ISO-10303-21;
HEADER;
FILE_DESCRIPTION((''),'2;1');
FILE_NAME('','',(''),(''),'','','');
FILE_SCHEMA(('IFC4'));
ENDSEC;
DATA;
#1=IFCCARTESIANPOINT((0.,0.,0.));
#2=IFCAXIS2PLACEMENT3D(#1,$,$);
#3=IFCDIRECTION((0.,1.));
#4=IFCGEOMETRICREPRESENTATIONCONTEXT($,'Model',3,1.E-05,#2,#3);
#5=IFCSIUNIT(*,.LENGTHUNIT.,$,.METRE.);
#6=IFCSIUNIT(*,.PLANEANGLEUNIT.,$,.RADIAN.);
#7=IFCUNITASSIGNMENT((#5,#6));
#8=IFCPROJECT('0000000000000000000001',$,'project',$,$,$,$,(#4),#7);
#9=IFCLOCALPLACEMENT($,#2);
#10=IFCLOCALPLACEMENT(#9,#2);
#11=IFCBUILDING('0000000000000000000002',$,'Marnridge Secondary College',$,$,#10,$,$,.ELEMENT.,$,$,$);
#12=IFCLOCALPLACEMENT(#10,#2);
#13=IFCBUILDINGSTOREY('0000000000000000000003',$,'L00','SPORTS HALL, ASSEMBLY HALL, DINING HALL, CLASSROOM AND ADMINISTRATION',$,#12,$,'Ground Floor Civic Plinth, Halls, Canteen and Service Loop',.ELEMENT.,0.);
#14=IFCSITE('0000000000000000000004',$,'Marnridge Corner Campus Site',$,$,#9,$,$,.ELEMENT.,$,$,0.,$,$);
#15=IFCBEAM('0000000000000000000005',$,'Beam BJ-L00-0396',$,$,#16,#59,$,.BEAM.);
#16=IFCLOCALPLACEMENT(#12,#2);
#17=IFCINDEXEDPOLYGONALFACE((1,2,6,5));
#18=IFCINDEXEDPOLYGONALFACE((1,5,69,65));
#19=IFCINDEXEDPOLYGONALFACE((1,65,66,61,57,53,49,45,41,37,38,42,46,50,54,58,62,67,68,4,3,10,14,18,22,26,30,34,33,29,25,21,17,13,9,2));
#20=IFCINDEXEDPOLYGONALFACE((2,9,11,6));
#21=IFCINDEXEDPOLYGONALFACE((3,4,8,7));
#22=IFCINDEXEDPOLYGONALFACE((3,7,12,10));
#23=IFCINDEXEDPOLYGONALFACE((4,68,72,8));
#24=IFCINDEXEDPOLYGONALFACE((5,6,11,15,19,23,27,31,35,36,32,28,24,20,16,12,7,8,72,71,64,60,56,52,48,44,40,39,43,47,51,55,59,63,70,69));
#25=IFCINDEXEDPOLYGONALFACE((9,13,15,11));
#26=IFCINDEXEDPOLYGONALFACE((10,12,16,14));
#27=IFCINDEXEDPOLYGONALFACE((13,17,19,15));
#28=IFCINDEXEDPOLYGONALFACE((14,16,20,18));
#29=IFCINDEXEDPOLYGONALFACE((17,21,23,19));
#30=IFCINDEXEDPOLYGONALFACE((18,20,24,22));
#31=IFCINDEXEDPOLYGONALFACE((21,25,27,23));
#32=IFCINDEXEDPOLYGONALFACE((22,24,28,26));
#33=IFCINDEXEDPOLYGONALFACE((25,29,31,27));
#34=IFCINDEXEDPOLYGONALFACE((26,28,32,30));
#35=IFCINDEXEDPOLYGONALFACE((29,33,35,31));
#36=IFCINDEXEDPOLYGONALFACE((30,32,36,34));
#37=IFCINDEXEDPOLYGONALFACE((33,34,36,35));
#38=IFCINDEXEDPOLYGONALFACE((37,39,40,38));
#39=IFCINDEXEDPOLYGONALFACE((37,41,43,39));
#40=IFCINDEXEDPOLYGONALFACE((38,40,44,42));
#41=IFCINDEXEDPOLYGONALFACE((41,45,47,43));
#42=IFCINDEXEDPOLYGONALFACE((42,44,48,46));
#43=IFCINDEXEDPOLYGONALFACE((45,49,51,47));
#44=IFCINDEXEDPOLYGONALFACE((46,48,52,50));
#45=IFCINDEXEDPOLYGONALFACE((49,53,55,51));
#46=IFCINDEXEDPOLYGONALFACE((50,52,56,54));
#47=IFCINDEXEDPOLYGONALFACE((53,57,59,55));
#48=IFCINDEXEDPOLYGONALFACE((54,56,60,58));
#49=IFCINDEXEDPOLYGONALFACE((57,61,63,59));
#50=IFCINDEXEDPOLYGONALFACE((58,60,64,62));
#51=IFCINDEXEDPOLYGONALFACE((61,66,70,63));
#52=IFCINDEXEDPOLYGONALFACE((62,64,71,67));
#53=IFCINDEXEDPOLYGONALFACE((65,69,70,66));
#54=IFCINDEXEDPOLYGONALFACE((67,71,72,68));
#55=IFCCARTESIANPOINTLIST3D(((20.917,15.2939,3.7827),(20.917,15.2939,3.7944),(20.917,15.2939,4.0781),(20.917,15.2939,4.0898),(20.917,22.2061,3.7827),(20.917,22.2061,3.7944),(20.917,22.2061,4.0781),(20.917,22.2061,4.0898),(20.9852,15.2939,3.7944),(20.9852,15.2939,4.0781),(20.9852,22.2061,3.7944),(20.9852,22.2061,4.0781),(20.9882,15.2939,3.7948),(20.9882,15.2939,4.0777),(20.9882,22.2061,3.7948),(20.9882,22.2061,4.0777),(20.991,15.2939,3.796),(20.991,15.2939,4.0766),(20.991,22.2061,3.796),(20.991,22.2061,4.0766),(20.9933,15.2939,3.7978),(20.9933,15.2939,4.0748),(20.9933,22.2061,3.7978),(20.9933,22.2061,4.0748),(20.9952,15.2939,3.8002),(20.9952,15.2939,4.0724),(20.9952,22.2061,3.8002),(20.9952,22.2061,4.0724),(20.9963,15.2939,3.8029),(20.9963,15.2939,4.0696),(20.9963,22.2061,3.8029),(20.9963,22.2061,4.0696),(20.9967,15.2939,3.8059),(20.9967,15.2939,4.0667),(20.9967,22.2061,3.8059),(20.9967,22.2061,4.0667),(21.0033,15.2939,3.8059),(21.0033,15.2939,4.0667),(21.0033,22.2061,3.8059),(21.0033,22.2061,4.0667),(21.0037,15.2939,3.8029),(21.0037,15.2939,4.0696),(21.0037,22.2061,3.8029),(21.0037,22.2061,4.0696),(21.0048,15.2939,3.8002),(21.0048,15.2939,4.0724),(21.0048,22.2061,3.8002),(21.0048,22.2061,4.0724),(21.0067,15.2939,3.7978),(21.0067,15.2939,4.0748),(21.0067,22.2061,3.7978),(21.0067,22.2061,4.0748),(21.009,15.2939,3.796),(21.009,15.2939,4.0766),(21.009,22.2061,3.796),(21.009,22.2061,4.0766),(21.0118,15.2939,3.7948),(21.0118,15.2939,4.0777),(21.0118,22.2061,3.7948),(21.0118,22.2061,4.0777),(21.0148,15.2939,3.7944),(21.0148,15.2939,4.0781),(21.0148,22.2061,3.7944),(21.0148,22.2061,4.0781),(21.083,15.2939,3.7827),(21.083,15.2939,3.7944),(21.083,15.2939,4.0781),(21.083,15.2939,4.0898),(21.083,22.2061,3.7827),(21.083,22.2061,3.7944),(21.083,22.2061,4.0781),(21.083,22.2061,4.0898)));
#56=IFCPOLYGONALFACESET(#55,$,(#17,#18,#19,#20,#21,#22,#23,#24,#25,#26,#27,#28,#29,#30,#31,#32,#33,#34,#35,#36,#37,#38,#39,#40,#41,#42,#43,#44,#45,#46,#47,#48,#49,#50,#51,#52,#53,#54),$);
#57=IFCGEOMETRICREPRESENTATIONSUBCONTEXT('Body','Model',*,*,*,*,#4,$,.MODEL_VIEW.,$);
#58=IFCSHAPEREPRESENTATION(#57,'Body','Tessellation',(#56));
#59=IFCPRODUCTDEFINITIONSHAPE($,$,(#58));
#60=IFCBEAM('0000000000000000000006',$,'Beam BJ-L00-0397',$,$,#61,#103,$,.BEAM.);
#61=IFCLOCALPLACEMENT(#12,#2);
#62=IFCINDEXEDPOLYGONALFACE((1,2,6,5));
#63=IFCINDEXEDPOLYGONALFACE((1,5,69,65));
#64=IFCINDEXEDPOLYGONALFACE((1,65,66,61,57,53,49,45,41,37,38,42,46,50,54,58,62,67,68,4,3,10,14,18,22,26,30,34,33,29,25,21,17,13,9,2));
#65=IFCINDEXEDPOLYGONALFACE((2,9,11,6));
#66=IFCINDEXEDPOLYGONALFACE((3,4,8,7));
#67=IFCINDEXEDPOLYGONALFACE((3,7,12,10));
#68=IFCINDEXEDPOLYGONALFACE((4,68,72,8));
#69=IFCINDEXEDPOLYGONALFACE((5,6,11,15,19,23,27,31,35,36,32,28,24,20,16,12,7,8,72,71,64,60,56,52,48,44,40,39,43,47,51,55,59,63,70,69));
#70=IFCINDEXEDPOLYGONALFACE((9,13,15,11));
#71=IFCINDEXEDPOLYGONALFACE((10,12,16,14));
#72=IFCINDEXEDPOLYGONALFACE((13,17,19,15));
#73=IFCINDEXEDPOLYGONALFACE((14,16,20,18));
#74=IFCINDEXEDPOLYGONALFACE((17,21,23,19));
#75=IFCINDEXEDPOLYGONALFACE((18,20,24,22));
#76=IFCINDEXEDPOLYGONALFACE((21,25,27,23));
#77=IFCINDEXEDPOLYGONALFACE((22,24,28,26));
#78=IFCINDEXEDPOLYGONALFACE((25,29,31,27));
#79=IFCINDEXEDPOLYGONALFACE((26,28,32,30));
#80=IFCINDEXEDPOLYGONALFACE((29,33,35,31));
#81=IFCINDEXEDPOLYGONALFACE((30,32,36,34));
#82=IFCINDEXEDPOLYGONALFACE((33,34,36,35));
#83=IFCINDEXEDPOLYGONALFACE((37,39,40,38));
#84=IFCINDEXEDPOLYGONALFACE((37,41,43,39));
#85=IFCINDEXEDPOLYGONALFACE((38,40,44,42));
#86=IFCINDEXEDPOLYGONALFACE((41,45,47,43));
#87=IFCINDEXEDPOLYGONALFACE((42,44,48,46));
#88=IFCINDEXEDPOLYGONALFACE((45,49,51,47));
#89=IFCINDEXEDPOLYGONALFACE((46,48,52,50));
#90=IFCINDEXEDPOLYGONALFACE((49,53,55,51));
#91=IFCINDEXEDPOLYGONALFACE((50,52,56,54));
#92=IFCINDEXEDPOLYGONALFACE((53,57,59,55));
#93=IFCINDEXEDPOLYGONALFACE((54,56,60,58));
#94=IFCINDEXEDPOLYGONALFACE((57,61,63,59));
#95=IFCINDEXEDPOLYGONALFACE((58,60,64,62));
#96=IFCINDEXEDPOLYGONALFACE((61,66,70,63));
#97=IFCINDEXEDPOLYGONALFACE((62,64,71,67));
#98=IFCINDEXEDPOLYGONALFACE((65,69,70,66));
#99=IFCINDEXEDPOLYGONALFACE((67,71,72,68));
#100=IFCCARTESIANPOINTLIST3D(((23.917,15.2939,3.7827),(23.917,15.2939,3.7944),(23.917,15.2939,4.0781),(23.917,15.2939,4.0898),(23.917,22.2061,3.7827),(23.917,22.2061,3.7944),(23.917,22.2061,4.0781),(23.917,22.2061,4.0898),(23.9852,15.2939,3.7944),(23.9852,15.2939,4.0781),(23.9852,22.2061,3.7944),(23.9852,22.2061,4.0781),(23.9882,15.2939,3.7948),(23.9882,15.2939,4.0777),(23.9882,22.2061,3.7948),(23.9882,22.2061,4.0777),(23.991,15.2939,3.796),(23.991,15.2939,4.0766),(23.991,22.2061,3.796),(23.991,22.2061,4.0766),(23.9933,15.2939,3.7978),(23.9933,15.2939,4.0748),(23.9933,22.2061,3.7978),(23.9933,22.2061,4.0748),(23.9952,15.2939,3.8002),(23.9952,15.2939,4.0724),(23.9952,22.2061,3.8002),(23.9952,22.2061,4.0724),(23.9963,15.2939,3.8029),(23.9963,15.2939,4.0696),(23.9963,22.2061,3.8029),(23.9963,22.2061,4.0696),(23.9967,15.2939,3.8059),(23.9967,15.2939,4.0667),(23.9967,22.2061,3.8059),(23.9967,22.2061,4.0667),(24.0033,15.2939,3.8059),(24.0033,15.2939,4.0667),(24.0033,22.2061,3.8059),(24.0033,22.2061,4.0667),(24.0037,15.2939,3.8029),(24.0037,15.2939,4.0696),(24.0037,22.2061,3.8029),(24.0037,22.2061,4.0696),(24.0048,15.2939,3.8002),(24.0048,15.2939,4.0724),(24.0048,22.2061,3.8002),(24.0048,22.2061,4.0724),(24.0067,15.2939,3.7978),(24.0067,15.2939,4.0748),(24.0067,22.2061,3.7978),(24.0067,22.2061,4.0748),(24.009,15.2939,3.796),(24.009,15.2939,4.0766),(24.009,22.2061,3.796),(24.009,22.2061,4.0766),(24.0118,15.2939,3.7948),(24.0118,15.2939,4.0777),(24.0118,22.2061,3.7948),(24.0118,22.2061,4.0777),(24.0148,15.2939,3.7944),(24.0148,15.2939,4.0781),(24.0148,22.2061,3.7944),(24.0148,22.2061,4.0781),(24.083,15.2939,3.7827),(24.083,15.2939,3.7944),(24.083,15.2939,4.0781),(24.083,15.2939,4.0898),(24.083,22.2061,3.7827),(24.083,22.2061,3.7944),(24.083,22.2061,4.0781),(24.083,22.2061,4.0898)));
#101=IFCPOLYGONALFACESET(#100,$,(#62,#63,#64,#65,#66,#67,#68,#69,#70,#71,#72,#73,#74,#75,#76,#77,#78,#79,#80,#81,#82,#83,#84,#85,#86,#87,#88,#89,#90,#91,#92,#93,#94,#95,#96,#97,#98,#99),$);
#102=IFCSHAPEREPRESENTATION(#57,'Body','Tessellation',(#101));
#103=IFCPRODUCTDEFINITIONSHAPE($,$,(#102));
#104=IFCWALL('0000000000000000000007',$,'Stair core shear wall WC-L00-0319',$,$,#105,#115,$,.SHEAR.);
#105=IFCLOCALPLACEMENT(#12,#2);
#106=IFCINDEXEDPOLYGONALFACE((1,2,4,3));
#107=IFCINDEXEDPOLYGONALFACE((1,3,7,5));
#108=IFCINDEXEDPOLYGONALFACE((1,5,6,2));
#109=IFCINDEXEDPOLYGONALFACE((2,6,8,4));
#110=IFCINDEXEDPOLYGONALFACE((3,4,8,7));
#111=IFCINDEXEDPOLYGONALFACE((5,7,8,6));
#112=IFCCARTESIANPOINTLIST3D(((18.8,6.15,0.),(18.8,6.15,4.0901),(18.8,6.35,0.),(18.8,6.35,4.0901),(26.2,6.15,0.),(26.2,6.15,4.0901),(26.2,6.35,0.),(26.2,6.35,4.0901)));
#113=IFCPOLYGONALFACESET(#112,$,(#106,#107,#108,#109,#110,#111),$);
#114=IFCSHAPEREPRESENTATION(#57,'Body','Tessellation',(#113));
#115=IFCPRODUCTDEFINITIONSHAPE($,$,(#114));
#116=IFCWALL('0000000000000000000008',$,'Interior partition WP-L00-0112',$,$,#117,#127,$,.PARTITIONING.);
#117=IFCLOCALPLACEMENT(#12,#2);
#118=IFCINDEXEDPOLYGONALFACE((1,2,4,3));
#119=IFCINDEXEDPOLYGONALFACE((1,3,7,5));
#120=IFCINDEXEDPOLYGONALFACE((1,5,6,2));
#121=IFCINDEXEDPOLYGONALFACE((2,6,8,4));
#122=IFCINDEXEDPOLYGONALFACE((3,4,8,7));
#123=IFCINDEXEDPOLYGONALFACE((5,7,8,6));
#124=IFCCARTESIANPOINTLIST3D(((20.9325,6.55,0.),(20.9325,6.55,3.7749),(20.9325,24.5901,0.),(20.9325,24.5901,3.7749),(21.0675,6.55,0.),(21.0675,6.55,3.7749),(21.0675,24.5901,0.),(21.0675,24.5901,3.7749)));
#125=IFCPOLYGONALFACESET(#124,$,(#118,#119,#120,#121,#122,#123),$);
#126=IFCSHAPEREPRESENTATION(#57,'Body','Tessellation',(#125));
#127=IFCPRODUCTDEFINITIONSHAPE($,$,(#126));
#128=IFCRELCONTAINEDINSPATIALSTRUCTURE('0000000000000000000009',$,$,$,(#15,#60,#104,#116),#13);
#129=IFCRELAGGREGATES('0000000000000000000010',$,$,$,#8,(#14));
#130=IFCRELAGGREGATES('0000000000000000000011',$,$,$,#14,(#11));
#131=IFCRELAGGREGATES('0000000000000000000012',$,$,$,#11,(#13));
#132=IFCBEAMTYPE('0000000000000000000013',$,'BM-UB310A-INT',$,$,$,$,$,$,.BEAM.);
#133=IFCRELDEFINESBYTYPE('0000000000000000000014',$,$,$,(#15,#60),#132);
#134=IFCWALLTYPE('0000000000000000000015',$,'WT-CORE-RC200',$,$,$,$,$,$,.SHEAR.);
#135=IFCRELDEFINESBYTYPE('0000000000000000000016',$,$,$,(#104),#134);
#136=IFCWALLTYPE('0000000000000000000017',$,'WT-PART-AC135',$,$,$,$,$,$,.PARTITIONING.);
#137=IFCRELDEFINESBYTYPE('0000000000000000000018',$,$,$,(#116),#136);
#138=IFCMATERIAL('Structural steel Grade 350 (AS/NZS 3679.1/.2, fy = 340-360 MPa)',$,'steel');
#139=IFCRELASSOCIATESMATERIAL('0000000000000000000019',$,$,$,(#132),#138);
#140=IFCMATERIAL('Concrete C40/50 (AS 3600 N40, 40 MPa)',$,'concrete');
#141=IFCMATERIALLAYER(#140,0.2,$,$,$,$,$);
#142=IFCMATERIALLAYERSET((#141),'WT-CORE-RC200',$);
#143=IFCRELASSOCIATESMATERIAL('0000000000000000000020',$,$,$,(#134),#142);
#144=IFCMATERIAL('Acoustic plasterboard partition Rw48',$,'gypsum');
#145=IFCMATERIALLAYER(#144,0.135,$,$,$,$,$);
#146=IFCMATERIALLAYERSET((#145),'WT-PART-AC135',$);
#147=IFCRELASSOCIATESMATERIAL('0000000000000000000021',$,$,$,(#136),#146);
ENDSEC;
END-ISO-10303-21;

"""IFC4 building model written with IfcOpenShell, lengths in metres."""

from ifc_helpers import new_model, si_unit, direction, frame, frame_2d, origin, origin_2d, place, context, subcontext, project, spatial, rectangle, i_section, extrude, material, layer, layer_set, material_profile, profile_set, type_object, element, save


model = new_model("IFC4")

# Units and contexts
model_context = context("Model", 3, precision=1e-05, world=origin(), true_north=direction((0.0, 1.0)))
body_context = subcontext(model_context, "Body", "Model", "MODEL_VIEW")
ifc_project = project(units=[si_unit("LENGTHUNIT", "METRE"), si_unit("PLANEANGLEUNIT", "RADIAN")], contexts=[model_context])

# Site, building, storey
site_placement = place(None, origin())
site = spatial("IfcSite", under=ifc_project, at=site_placement, Name="Marnridge Corner Campus Site", CompositionType="ELEMENT", RefElevation=0.0)
building_placement = place(site_placement, origin())
building = spatial("IfcBuilding", under=site, at=building_placement, Name="Marnridge Secondary College", CompositionType="ELEMENT")
storey_placement = place(building_placement, origin())
storey = spatial("IfcBuildingStorey", under=building, at=storey_placement, Name="L00", Description="SPORTS HALL, ASSEMBLY HALL, DINING HALL, CLASSROOM AND ADMINISTRATION", LongName="Ground Floor Civic Plinth, Halls, Canteen and Service Loop", CompositionType="ELEMENT", Elevation=0.0)

# Beams
ifc_material_1 = material(Name="Structural steel Grade 350 (AS/NZS 3679.1/.2, fy = 340-360 MPa)", Category="steel")
ifc_material_profile_1 = material_profile(ifc_material_1, i_section(OverallWidth=0.166, OverallDepth=0.3071, WebThickness=0.0066, FlangeThickness=0.0117, FilletRadius=0.0115, at=origin_2d()), Name="310UB46.2")
ifc_profile_set_1 = profile_set([ifc_material_profile_1], Name="Structural steel Grade 350 (AS/NZS 3679.1/.2, fy = 340-360 MPa)")
beam_type_1 = type_object("IfcBeamType", Name="BM-UB310A-INT", PredefinedType="BEAM", material=ifc_profile_set_1)
for number, where, z_axis, x_axis, name in (
    (1, (21.0, 15.2939, 3.9363), (0.0, 1.0, 0.0), (-1.0, 0.0, 0.0), "Beam BJ-L00-0396"),
    (2, (24.0, 15.2939, 3.9363), (0.0, 1.0, 0.0), (-1.0, 0.0, 0.0), "Beam BJ-L00-0397"),
):
    element("IfcBeam", number, at=place(storey_placement, frame(where, z_axis=z_axis, x_axis=x_axis)), inside=storey, type_object=beam_type_1, Name=name, PredefinedType="BEAM", context=body_context, shape_type="SweptSolid", body=[
        extrude(i_section(OverallWidth=0.166, OverallDepth=0.3071, WebThickness=0.0066, FlangeThickness=0.0117, FilletRadius=0.0115, at=origin_2d()), origin(), (0.0, 0.0, 1.0), 6.9121),
    ])

# Walls
ifc_material_2 = material(Name="Concrete C40/50 (AS 3600 N40, 40 MPa)", Category="concrete")
ifc_layer_1 = layer(ifc_material_2, 0.2)
ifc_layer_set_1 = layer_set([ifc_layer_1], Name="WT-CORE-RC200")
wall_type_1 = type_object("IfcWallType", Name="WT-CORE-RC200", PredefinedType="SHEAR", material=ifc_layer_set_1)
wall_1_placement = place(storey_placement, frame((26.2, 6.25, 0.0), z_axis=(0.0, 0.0, 1.0), x_axis=(-1.0, 0.0, 0.0)))
element("IfcWall", 3, at=wall_1_placement, inside=storey, type_object=wall_type_1, Name="Stair core shear wall WC-L00-0319", PredefinedType="SHEAR", context=body_context, shape_type="SweptSolid", body=[
    extrude(rectangle(XDim=7.3999, YDim=0.2, at=frame_2d((3.7, 0.0))), origin(), (0.0, 0.0, 1.0), 4.0901),
])
ifc_material_3 = material(Name="Acoustic plasterboard partition Rw48", Category="gypsum")
ifc_layer_2 = layer(ifc_material_3, 0.135)
ifc_layer_set_2 = layer_set([ifc_layer_2], Name="WT-PART-AC135")
wall_type_2 = type_object("IfcWallType", Name="WT-PART-AC135", PredefinedType="PARTITIONING", material=ifc_layer_set_2)
wall_2_placement = place(storey_placement, frame((21.0, 6.55, 0.0), z_axis=(0.0, 0.0, 1.0), x_axis=(0.0, 1.0, 0.0)))
element("IfcWall", 4, at=wall_2_placement, inside=storey, type_object=wall_type_2, Name="Interior partition WP-L00-0112", PredefinedType="PARTITIONING", context=body_context, shape_type="SweptSolid", body=[
    extrude(rectangle(XDim=18.04, YDim=0.135, at=frame_2d((9.02, 0.0))), origin(), (0.0, 0.0, 1.0), 3.7749),
])

save(model, "model.ifc")
